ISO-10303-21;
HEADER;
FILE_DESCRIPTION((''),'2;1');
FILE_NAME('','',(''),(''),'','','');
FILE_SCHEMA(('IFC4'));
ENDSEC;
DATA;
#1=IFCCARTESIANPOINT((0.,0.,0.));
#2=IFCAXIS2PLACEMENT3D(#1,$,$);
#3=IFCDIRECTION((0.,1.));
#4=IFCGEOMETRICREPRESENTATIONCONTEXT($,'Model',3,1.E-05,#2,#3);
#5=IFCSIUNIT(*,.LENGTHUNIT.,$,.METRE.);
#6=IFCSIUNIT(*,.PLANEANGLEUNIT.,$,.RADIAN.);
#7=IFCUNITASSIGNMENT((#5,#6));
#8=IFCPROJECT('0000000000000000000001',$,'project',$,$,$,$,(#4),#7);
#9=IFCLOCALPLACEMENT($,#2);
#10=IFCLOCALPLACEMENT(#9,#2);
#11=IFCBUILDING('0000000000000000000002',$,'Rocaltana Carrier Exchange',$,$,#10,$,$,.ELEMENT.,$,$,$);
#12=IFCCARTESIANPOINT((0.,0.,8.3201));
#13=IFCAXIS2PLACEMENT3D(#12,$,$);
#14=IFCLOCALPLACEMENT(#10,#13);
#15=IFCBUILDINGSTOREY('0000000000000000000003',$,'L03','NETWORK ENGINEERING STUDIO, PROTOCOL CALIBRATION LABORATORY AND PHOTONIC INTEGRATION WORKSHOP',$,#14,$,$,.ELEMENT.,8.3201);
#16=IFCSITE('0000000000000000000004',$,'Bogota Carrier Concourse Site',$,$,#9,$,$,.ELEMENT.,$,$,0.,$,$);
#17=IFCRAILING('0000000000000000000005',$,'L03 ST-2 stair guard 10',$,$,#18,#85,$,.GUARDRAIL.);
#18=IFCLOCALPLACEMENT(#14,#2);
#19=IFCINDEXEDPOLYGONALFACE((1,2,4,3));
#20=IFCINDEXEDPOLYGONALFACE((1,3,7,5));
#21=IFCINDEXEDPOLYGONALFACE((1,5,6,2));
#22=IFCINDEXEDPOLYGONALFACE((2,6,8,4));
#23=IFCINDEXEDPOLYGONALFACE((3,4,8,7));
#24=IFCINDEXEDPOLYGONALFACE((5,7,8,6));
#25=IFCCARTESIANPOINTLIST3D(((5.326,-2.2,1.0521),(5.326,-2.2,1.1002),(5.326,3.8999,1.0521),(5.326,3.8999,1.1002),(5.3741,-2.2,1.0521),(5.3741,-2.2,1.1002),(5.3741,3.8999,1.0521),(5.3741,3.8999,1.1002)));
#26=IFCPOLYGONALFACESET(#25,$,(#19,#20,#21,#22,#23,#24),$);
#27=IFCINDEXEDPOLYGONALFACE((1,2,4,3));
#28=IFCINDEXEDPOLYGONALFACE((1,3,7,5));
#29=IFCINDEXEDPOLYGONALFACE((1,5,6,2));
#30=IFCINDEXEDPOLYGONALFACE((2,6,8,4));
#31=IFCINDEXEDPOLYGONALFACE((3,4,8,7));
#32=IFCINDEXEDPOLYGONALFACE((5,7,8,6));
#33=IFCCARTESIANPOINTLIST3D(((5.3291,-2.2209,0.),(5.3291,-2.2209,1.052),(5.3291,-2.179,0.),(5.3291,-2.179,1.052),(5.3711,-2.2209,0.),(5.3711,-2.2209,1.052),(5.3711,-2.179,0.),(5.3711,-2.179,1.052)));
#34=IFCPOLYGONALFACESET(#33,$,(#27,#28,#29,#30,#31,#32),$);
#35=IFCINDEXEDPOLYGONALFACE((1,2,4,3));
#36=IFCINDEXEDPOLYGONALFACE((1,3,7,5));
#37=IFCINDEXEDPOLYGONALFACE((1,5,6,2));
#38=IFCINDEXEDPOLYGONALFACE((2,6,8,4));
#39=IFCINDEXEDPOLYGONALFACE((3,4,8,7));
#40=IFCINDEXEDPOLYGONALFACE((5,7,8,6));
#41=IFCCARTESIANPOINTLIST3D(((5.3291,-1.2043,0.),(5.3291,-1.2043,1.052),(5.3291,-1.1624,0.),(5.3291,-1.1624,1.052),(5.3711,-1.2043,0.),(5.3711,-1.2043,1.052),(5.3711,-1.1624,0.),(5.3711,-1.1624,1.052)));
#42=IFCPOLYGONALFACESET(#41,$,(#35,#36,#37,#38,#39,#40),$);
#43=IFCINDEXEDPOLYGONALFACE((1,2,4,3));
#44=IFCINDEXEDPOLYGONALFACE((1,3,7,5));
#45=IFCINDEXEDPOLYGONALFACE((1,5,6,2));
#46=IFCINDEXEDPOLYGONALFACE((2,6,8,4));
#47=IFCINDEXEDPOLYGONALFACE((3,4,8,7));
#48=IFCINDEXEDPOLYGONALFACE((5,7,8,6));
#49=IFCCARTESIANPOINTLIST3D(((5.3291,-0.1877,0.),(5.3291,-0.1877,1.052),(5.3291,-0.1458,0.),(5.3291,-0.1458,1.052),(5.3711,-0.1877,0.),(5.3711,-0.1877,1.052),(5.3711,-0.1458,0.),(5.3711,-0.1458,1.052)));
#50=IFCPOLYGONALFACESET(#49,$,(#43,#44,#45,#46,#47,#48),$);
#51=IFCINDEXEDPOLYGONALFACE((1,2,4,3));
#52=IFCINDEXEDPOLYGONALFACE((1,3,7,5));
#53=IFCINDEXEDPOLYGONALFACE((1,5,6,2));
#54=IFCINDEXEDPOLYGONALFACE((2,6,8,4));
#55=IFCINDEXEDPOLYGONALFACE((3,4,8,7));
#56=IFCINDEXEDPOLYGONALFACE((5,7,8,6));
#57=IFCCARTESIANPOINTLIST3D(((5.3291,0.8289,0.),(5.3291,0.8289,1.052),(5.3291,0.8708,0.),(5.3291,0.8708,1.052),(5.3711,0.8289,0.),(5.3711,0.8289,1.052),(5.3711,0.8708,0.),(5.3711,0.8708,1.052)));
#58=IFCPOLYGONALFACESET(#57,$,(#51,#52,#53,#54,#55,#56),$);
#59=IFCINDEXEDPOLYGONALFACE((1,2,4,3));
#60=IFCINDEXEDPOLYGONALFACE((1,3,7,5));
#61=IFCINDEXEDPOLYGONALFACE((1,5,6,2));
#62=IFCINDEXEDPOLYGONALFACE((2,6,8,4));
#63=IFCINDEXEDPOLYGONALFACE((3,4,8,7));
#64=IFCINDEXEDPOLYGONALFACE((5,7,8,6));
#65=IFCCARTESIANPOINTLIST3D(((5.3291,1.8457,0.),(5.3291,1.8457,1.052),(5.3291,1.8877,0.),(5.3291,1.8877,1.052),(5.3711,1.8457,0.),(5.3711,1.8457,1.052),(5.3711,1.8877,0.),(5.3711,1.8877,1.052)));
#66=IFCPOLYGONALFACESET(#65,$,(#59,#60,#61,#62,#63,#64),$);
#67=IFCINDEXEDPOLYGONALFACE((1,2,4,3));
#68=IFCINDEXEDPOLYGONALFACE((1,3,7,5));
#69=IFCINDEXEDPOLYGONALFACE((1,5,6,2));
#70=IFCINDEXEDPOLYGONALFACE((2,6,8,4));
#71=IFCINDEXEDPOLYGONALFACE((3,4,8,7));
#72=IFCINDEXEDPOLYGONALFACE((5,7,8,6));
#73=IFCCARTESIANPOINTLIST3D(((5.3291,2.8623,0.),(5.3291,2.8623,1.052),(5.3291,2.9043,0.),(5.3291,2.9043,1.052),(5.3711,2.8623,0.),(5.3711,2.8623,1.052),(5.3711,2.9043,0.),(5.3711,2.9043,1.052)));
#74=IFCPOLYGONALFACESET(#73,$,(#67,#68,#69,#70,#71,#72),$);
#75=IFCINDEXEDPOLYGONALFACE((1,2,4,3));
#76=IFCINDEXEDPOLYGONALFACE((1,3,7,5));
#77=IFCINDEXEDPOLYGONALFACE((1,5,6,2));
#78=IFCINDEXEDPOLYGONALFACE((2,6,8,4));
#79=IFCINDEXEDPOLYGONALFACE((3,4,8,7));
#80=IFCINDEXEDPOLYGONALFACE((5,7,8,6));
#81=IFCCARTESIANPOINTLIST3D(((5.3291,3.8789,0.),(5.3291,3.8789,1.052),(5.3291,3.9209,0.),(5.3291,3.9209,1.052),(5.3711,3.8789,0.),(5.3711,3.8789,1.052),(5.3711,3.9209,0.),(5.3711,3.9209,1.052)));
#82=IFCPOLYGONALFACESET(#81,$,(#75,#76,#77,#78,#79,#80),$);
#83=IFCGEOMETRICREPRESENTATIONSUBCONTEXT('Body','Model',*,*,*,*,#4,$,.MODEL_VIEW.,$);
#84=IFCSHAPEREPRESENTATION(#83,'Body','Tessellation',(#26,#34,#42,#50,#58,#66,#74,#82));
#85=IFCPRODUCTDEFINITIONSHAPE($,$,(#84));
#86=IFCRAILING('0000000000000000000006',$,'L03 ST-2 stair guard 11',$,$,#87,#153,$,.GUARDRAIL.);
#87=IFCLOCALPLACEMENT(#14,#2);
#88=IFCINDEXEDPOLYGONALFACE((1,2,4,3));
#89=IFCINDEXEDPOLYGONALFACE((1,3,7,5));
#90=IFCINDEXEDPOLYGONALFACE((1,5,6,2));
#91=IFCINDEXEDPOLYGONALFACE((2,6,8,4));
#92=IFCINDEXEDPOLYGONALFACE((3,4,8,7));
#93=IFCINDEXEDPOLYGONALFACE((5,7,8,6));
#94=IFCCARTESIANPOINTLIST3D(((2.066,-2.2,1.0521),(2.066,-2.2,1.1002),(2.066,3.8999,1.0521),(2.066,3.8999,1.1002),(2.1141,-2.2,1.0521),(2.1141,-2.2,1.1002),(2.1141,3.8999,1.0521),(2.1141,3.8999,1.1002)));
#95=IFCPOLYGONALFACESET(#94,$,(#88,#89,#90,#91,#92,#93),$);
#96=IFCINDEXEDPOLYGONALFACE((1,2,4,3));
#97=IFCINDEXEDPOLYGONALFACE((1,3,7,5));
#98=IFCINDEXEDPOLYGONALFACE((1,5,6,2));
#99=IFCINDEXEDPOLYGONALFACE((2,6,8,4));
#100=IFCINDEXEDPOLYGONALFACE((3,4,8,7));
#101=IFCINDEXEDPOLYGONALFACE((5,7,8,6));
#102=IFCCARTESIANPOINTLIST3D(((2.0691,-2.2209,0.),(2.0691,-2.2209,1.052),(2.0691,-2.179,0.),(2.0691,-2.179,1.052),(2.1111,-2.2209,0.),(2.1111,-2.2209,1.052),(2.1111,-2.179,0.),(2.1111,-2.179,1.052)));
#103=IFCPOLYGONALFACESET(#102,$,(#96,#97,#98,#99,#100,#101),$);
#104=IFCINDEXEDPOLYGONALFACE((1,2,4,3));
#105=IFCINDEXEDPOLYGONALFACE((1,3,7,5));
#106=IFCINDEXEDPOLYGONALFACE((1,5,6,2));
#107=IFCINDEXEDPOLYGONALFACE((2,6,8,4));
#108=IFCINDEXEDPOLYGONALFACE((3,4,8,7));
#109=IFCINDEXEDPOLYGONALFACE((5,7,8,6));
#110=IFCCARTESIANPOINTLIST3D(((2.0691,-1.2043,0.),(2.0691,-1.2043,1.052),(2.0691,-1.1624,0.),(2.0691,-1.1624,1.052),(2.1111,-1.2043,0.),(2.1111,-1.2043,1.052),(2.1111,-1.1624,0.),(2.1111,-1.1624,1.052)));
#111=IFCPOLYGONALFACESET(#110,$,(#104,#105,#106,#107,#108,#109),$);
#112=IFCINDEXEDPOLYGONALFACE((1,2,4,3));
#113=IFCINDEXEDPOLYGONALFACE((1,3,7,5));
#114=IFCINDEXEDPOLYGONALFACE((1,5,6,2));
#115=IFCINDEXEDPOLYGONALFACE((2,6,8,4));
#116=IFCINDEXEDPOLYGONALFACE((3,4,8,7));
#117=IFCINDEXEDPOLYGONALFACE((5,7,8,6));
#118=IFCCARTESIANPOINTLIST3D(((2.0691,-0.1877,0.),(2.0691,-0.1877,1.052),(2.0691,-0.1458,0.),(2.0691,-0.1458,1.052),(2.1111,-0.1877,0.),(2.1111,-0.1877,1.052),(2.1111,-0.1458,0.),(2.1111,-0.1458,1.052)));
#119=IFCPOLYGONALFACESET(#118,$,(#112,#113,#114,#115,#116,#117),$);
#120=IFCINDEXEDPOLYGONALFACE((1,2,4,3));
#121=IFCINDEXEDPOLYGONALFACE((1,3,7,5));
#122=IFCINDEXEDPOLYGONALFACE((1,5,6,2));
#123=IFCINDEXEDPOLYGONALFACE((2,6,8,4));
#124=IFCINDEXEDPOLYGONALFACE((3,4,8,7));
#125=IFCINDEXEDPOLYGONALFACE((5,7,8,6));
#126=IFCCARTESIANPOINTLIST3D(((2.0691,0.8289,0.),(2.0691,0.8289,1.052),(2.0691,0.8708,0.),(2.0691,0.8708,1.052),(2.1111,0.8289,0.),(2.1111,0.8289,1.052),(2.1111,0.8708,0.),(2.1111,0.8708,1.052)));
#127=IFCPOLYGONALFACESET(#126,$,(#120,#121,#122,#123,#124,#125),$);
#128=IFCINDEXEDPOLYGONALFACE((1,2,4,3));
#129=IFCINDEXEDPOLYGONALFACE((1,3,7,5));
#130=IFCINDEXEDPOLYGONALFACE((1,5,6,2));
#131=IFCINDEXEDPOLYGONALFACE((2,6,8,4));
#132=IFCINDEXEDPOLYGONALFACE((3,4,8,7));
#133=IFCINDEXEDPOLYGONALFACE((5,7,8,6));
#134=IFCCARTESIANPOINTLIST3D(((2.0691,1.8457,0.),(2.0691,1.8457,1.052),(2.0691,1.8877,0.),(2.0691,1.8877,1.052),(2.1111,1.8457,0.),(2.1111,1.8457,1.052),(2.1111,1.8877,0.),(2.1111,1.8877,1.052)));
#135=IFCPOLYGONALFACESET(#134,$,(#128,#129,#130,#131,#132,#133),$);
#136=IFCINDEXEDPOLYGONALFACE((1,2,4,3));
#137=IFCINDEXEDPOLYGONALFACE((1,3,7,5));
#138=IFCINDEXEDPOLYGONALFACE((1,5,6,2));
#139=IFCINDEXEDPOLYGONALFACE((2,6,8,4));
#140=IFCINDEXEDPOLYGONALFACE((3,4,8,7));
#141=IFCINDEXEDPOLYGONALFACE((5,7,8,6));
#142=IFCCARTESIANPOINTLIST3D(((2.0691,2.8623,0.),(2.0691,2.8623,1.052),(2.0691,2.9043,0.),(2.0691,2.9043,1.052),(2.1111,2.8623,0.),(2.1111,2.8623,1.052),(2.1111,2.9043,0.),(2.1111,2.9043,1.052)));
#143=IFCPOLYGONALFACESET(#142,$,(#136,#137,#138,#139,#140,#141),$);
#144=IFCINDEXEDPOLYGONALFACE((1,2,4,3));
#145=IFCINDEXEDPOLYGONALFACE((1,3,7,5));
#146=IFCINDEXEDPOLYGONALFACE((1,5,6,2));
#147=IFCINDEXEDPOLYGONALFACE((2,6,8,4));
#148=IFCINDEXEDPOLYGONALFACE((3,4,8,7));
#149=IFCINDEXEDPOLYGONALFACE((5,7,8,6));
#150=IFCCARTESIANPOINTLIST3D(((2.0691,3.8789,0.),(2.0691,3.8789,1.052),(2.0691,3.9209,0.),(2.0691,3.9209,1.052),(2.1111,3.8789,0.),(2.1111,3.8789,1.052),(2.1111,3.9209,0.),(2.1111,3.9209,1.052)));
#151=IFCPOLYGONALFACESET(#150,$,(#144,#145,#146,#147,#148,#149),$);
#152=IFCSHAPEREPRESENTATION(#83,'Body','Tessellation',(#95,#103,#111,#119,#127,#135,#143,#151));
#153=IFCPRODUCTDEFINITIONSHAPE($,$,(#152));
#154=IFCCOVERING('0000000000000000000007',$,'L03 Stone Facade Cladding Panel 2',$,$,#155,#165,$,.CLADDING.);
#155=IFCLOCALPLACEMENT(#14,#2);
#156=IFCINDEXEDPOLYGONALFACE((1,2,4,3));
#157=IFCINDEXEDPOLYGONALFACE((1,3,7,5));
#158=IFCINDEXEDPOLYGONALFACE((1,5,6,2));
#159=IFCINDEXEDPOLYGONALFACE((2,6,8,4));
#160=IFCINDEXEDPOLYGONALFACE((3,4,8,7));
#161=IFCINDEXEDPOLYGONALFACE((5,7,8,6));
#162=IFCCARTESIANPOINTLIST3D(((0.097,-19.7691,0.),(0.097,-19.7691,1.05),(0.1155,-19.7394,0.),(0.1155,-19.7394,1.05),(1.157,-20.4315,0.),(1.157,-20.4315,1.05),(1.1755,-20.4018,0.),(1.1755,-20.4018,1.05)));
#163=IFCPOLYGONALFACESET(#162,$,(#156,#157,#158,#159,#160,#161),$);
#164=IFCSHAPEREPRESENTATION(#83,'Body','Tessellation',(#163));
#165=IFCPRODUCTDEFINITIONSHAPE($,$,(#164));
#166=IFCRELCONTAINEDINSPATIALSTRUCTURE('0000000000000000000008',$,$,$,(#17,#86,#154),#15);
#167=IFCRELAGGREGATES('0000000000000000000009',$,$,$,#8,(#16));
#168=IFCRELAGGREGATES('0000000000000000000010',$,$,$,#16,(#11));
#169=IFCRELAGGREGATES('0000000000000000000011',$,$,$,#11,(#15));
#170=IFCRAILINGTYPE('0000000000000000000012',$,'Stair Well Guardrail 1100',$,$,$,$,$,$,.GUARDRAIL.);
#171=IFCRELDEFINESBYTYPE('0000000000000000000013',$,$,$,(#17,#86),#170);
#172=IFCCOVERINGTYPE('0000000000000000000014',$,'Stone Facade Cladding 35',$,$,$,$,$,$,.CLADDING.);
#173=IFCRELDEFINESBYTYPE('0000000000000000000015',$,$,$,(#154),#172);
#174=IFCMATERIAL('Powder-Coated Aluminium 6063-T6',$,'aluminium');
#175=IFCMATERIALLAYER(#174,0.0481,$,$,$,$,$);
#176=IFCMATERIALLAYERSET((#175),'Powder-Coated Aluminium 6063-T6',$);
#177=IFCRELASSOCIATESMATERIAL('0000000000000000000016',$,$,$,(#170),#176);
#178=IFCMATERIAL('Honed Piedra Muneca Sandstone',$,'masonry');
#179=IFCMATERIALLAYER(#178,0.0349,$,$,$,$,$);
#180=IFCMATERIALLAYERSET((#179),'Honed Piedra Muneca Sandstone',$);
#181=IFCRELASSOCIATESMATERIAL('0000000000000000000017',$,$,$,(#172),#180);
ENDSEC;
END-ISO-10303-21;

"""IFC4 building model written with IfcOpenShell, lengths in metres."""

from ifc_helpers import new_model, si_unit, direction, frame, origin, origin_2d, place, context, subcontext, project, spatial, rectangle, extrude, material, layer, layer_set, type_object, element, save


model = new_model("IFC4")

# Units and contexts
model_context = context("Model", 3, precision=1e-05, world=origin(), true_north=direction((0.0, 1.0)))
body_context = subcontext(model_context, "Body", "Model", "MODEL_VIEW")
ifc_project = project(units=[si_unit("LENGTHUNIT", "METRE"), si_unit("PLANEANGLEUNIT", "RADIAN")], contexts=[model_context])

# Site, building, storey
site_placement = place(None, origin())
site = spatial("IfcSite", under=ifc_project, at=site_placement, Name="Bogota Carrier Concourse Site", CompositionType="ELEMENT", RefElevation=0.0)
building_placement = place(site_placement, origin())
building = spatial("IfcBuilding", under=site, at=building_placement, Name="Rocaltana Carrier Exchange", CompositionType="ELEMENT")
storey_placement = place(building_placement, frame((0.0, 0.0, 8.3201)))
storey = spatial("IfcBuildingStorey", under=building, at=storey_placement, Name="L03", Description="NETWORK ENGINEERING STUDIO, PROTOCOL CALIBRATION LABORATORY AND PHOTONIC INTEGRATION WORKSHOP", CompositionType="ELEMENT", Elevation=8.3201)

# Railings
ifc_material_1 = material(Name="Powder-Coated Aluminium 6063-T6", Category="aluminium")
ifc_layer_1 = layer(ifc_material_1, 0.0481)
ifc_layer_set_1 = layer_set([ifc_layer_1], Name="Powder-Coated Aluminium 6063-T6")
railing_type = type_object("IfcRailingType", Name="Stair Well Guardrail 1100", PredefinedType="GUARDRAIL", material=ifc_layer_set_1)
for number, where, name in (
    (1, (5.3501, -2.2, 0.0), "L03 ST-2 stair guard 10"),
    (2, (2.0901, -2.2, 0.0), "L03 ST-2 stair guard 11"),
):
    element("IfcRailing", number, at=place(storey_placement, frame(where)), inside=storey, type_object=railing_type, Name=name, PredefinedType="GUARDRAIL", context=body_context, shape_type="SweptSolid", body=[
        extrude(rectangle(XDim=0.0481, YDim=0.0481, at=origin_2d()), frame((0.0, 0.0, 1.0762), z_axis=(0.0, 1.0, 0.0), x_axis=(-1.0, 0.0, 0.0)), (0.0, 0.0, 1.0), 6.0999),
        extrude(rectangle(XDim=0.042, YDim=0.042, at=origin_2d()), origin(), (0.0, 0.0, 1.0), 1.052),
        extrude(rectangle(XDim=0.042, YDim=0.042, at=origin_2d()), frame((0.0, 1.0166, 0.0)), (0.0, 0.0, 1.0), 1.052),
        extrude(rectangle(XDim=0.042, YDim=0.042, at=origin_2d()), frame((0.0, 2.0332, 0.0)), (0.0, 0.0, 1.0), 1.052),
        extrude(rectangle(XDim=0.042, YDim=0.042, at=origin_2d()), frame((0.0, 3.0498, 0.0)), (0.0, 0.0, 1.0), 1.052),
        extrude(rectangle(XDim=0.042, YDim=0.042, at=origin_2d()), frame((0.0, 4.0667, 0.0)), (0.0, 0.0, 1.0), 1.052),
        extrude(rectangle(XDim=0.042, YDim=0.042, at=origin_2d()), frame((0.0, 5.0833, 0.0)), (0.0, 0.0, 1.0), 1.052),
        extrude(rectangle(XDim=0.042, YDim=0.042, at=origin_2d()), frame((0.0, 6.0999, 0.0)), (0.0, 0.0, 1.0), 1.052),
    ])

# Covering
ifc_material_2 = material(Name="Honed Piedra Muneca Sandstone", Category="masonry")
ifc_layer_2 = layer(ifc_material_2, 0.0349)
ifc_layer_set_2 = layer_set([ifc_layer_2], Name="Honed Piedra Muneca Sandstone")
covering_type = type_object("IfcCoveringType", Name="Stone Facade Cladding 35", PredefinedType="CLADDING", material=ifc_layer_set_2)
covering_placement = place(storey_placement, frame((0.6362, -20.0854, 0.0), z_axis=(0.0, 0.0, 1.0), x_axis=(-0.848048, 0.529919, 0.0)))
element("IfcCovering", 3, at=covering_placement, inside=storey, type_object=covering_type, Name="L03 Stone Facade Cladding Panel 2", PredefinedType="CLADDING", context=body_context, shape_type="SweptSolid", body=[
    extrude(rectangle(XDim=1.25, YDim=0.0349, at=origin_2d()), origin(), (0.0, 0.0, 1.0), 1.05),
])

save(model, "model.ifc")
